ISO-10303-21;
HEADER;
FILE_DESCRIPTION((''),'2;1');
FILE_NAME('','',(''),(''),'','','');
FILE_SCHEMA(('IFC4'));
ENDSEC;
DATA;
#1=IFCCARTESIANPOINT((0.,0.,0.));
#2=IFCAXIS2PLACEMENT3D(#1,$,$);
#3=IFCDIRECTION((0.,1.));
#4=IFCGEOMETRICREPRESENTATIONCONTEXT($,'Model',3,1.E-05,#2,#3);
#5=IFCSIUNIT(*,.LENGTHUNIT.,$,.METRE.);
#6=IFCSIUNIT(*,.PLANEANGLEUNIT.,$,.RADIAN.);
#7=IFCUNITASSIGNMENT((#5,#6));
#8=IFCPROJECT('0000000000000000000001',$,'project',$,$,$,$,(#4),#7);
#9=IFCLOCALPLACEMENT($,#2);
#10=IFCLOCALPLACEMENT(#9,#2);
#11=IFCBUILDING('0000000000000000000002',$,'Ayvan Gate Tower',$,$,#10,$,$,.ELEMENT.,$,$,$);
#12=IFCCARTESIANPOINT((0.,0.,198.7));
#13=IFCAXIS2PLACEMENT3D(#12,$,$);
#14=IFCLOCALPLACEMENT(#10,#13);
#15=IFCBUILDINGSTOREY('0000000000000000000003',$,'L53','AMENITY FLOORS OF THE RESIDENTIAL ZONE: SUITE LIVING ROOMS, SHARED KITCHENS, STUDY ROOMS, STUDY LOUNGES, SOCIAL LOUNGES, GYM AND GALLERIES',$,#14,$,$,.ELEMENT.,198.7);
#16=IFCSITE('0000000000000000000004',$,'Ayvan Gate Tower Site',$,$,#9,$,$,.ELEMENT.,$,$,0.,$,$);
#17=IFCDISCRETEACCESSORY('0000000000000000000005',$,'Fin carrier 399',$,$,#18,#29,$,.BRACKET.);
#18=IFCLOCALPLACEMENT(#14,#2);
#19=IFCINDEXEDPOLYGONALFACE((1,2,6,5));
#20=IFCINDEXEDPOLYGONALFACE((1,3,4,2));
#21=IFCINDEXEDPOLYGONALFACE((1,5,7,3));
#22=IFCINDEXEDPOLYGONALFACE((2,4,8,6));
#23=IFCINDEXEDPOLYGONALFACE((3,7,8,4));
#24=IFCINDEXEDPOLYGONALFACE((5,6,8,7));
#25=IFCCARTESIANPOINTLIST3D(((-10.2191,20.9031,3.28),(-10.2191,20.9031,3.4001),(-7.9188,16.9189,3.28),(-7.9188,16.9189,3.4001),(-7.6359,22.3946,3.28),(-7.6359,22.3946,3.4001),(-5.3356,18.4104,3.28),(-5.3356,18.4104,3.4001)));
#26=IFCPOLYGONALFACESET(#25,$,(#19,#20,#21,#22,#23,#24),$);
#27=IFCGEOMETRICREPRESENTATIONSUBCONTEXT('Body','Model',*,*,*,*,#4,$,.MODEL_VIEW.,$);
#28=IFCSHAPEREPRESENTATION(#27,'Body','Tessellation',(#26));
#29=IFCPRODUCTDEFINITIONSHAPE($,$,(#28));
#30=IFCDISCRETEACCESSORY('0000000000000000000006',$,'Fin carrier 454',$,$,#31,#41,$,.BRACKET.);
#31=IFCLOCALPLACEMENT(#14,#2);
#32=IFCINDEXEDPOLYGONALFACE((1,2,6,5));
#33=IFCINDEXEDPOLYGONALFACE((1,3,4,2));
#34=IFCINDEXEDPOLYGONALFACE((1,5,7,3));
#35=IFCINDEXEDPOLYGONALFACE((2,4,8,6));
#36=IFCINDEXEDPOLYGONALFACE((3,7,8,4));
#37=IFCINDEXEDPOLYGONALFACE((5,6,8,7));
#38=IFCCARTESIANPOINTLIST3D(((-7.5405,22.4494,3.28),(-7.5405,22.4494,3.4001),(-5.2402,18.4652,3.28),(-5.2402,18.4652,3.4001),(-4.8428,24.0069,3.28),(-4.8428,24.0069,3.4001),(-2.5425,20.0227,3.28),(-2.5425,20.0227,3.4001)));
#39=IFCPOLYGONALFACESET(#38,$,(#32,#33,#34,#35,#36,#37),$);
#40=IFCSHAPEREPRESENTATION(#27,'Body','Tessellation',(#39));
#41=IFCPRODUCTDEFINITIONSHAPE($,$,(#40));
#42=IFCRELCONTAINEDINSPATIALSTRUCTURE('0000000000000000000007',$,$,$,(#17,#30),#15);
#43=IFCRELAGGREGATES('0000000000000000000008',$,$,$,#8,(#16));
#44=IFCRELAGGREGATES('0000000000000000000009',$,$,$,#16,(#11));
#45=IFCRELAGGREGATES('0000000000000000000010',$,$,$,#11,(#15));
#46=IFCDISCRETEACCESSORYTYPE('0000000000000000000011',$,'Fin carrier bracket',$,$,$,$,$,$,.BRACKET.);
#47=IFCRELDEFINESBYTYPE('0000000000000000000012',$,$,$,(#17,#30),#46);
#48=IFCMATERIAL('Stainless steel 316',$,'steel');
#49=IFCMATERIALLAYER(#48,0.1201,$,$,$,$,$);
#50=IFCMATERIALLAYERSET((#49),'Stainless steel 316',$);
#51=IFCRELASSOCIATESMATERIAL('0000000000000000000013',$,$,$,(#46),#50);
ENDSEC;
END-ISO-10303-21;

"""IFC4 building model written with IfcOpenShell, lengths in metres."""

from ifc_helpers import new_model, si_unit, direction, frame, origin, origin_2d, place, context, subcontext, project, spatial, rectangle, extrude, material, layer, layer_set, type_object, element, save


model = new_model("IFC4")

# Units and contexts
model_context = context("Model", 3, precision=1e-05, world=origin(), true_north=direction((0.0, 1.0)))
body_context = subcontext(model_context, "Body", "Model", "MODEL_VIEW")
ifc_project = project(units=[si_unit("LENGTHUNIT", "METRE"), si_unit("PLANEANGLEUNIT", "RADIAN")], contexts=[model_context])

# Site, building, storey
site_placement = place(None, origin())
site = spatial("IfcSite", under=ifc_project, at=site_placement, Name="Ayvan Gate Tower Site", CompositionType="ELEMENT", RefElevation=0.0)
building_placement = place(site_placement, origin())
building = spatial("IfcBuilding", under=site, at=building_placement, Name="Ayvan Gate Tower", CompositionType="ELEMENT")
storey_placement = place(building_placement, frame((0.0, 0.0, 198.7)))
storey = spatial("IfcBuildingStorey", under=building, at=storey_placement, Name="L53", Description="AMENITY FLOORS OF THE RESIDENTIAL ZONE: SUITE LIVING ROOMS, SHARED KITCHENS, STUDY ROOMS, STUDY LOUNGES, SOCIAL LOUNGES, GYM AND GALLERIES", CompositionType="ELEMENT", Elevation=198.7)

# Discrete accessories
ifc_material_1 = material(Name="Stainless steel 316", Category="steel")
ifc_layer_1 = layer(ifc_material_1, 0.1201)
ifc_layer_set_1 = layer_set([ifc_layer_1], Name="Stainless steel 316")
discrete_accessory_type = type_object("IfcDiscreteAccessoryType", Name="Fin carrier bracket", PredefinedType="BRACKET", material=ifc_layer_set_1)
for number, where, z_axis, x_axis, name in (
    (1, (-7.7773, 19.6567, 3.28), (0.0, 0.0, 1.0), (-0.866025, -0.5, 0.0), "Fin carrier 399"),
):
    element("IfcDiscreteAccessory", number, at=place(storey_placement, frame(where, z_axis=z_axis, x_axis=x_axis)), inside=storey, type_object=discrete_accessory_type, Name=name, PredefinedType="BRACKET", context=body_context, shape_type="SweptSolid", body=[
        extrude(rectangle(XDim=2.9829, YDim=4.6006, at=origin_2d()), origin(), (0.0, 0.0, 1.0), 0.1201),
    ])
discrete_accessory_placement = place(storey_placement, frame((-5.0415, 21.2361, 3.28), z_axis=(0.0, 0.0, 1.0), x_axis=(-0.866025, -0.5, 0.0)))
element("IfcDiscreteAccessory", 2, at=discrete_accessory_placement, inside=storey, type_object=discrete_accessory_type, Name="Fin carrier 454", PredefinedType="BRACKET", context=body_context, shape_type="SweptSolid", body=[
    extrude(rectangle(XDim=3.115, YDim=4.6006, at=origin_2d()), origin(), (0.0, 0.0, 1.0), 0.1201),
])

save(model, "model.ifc")
